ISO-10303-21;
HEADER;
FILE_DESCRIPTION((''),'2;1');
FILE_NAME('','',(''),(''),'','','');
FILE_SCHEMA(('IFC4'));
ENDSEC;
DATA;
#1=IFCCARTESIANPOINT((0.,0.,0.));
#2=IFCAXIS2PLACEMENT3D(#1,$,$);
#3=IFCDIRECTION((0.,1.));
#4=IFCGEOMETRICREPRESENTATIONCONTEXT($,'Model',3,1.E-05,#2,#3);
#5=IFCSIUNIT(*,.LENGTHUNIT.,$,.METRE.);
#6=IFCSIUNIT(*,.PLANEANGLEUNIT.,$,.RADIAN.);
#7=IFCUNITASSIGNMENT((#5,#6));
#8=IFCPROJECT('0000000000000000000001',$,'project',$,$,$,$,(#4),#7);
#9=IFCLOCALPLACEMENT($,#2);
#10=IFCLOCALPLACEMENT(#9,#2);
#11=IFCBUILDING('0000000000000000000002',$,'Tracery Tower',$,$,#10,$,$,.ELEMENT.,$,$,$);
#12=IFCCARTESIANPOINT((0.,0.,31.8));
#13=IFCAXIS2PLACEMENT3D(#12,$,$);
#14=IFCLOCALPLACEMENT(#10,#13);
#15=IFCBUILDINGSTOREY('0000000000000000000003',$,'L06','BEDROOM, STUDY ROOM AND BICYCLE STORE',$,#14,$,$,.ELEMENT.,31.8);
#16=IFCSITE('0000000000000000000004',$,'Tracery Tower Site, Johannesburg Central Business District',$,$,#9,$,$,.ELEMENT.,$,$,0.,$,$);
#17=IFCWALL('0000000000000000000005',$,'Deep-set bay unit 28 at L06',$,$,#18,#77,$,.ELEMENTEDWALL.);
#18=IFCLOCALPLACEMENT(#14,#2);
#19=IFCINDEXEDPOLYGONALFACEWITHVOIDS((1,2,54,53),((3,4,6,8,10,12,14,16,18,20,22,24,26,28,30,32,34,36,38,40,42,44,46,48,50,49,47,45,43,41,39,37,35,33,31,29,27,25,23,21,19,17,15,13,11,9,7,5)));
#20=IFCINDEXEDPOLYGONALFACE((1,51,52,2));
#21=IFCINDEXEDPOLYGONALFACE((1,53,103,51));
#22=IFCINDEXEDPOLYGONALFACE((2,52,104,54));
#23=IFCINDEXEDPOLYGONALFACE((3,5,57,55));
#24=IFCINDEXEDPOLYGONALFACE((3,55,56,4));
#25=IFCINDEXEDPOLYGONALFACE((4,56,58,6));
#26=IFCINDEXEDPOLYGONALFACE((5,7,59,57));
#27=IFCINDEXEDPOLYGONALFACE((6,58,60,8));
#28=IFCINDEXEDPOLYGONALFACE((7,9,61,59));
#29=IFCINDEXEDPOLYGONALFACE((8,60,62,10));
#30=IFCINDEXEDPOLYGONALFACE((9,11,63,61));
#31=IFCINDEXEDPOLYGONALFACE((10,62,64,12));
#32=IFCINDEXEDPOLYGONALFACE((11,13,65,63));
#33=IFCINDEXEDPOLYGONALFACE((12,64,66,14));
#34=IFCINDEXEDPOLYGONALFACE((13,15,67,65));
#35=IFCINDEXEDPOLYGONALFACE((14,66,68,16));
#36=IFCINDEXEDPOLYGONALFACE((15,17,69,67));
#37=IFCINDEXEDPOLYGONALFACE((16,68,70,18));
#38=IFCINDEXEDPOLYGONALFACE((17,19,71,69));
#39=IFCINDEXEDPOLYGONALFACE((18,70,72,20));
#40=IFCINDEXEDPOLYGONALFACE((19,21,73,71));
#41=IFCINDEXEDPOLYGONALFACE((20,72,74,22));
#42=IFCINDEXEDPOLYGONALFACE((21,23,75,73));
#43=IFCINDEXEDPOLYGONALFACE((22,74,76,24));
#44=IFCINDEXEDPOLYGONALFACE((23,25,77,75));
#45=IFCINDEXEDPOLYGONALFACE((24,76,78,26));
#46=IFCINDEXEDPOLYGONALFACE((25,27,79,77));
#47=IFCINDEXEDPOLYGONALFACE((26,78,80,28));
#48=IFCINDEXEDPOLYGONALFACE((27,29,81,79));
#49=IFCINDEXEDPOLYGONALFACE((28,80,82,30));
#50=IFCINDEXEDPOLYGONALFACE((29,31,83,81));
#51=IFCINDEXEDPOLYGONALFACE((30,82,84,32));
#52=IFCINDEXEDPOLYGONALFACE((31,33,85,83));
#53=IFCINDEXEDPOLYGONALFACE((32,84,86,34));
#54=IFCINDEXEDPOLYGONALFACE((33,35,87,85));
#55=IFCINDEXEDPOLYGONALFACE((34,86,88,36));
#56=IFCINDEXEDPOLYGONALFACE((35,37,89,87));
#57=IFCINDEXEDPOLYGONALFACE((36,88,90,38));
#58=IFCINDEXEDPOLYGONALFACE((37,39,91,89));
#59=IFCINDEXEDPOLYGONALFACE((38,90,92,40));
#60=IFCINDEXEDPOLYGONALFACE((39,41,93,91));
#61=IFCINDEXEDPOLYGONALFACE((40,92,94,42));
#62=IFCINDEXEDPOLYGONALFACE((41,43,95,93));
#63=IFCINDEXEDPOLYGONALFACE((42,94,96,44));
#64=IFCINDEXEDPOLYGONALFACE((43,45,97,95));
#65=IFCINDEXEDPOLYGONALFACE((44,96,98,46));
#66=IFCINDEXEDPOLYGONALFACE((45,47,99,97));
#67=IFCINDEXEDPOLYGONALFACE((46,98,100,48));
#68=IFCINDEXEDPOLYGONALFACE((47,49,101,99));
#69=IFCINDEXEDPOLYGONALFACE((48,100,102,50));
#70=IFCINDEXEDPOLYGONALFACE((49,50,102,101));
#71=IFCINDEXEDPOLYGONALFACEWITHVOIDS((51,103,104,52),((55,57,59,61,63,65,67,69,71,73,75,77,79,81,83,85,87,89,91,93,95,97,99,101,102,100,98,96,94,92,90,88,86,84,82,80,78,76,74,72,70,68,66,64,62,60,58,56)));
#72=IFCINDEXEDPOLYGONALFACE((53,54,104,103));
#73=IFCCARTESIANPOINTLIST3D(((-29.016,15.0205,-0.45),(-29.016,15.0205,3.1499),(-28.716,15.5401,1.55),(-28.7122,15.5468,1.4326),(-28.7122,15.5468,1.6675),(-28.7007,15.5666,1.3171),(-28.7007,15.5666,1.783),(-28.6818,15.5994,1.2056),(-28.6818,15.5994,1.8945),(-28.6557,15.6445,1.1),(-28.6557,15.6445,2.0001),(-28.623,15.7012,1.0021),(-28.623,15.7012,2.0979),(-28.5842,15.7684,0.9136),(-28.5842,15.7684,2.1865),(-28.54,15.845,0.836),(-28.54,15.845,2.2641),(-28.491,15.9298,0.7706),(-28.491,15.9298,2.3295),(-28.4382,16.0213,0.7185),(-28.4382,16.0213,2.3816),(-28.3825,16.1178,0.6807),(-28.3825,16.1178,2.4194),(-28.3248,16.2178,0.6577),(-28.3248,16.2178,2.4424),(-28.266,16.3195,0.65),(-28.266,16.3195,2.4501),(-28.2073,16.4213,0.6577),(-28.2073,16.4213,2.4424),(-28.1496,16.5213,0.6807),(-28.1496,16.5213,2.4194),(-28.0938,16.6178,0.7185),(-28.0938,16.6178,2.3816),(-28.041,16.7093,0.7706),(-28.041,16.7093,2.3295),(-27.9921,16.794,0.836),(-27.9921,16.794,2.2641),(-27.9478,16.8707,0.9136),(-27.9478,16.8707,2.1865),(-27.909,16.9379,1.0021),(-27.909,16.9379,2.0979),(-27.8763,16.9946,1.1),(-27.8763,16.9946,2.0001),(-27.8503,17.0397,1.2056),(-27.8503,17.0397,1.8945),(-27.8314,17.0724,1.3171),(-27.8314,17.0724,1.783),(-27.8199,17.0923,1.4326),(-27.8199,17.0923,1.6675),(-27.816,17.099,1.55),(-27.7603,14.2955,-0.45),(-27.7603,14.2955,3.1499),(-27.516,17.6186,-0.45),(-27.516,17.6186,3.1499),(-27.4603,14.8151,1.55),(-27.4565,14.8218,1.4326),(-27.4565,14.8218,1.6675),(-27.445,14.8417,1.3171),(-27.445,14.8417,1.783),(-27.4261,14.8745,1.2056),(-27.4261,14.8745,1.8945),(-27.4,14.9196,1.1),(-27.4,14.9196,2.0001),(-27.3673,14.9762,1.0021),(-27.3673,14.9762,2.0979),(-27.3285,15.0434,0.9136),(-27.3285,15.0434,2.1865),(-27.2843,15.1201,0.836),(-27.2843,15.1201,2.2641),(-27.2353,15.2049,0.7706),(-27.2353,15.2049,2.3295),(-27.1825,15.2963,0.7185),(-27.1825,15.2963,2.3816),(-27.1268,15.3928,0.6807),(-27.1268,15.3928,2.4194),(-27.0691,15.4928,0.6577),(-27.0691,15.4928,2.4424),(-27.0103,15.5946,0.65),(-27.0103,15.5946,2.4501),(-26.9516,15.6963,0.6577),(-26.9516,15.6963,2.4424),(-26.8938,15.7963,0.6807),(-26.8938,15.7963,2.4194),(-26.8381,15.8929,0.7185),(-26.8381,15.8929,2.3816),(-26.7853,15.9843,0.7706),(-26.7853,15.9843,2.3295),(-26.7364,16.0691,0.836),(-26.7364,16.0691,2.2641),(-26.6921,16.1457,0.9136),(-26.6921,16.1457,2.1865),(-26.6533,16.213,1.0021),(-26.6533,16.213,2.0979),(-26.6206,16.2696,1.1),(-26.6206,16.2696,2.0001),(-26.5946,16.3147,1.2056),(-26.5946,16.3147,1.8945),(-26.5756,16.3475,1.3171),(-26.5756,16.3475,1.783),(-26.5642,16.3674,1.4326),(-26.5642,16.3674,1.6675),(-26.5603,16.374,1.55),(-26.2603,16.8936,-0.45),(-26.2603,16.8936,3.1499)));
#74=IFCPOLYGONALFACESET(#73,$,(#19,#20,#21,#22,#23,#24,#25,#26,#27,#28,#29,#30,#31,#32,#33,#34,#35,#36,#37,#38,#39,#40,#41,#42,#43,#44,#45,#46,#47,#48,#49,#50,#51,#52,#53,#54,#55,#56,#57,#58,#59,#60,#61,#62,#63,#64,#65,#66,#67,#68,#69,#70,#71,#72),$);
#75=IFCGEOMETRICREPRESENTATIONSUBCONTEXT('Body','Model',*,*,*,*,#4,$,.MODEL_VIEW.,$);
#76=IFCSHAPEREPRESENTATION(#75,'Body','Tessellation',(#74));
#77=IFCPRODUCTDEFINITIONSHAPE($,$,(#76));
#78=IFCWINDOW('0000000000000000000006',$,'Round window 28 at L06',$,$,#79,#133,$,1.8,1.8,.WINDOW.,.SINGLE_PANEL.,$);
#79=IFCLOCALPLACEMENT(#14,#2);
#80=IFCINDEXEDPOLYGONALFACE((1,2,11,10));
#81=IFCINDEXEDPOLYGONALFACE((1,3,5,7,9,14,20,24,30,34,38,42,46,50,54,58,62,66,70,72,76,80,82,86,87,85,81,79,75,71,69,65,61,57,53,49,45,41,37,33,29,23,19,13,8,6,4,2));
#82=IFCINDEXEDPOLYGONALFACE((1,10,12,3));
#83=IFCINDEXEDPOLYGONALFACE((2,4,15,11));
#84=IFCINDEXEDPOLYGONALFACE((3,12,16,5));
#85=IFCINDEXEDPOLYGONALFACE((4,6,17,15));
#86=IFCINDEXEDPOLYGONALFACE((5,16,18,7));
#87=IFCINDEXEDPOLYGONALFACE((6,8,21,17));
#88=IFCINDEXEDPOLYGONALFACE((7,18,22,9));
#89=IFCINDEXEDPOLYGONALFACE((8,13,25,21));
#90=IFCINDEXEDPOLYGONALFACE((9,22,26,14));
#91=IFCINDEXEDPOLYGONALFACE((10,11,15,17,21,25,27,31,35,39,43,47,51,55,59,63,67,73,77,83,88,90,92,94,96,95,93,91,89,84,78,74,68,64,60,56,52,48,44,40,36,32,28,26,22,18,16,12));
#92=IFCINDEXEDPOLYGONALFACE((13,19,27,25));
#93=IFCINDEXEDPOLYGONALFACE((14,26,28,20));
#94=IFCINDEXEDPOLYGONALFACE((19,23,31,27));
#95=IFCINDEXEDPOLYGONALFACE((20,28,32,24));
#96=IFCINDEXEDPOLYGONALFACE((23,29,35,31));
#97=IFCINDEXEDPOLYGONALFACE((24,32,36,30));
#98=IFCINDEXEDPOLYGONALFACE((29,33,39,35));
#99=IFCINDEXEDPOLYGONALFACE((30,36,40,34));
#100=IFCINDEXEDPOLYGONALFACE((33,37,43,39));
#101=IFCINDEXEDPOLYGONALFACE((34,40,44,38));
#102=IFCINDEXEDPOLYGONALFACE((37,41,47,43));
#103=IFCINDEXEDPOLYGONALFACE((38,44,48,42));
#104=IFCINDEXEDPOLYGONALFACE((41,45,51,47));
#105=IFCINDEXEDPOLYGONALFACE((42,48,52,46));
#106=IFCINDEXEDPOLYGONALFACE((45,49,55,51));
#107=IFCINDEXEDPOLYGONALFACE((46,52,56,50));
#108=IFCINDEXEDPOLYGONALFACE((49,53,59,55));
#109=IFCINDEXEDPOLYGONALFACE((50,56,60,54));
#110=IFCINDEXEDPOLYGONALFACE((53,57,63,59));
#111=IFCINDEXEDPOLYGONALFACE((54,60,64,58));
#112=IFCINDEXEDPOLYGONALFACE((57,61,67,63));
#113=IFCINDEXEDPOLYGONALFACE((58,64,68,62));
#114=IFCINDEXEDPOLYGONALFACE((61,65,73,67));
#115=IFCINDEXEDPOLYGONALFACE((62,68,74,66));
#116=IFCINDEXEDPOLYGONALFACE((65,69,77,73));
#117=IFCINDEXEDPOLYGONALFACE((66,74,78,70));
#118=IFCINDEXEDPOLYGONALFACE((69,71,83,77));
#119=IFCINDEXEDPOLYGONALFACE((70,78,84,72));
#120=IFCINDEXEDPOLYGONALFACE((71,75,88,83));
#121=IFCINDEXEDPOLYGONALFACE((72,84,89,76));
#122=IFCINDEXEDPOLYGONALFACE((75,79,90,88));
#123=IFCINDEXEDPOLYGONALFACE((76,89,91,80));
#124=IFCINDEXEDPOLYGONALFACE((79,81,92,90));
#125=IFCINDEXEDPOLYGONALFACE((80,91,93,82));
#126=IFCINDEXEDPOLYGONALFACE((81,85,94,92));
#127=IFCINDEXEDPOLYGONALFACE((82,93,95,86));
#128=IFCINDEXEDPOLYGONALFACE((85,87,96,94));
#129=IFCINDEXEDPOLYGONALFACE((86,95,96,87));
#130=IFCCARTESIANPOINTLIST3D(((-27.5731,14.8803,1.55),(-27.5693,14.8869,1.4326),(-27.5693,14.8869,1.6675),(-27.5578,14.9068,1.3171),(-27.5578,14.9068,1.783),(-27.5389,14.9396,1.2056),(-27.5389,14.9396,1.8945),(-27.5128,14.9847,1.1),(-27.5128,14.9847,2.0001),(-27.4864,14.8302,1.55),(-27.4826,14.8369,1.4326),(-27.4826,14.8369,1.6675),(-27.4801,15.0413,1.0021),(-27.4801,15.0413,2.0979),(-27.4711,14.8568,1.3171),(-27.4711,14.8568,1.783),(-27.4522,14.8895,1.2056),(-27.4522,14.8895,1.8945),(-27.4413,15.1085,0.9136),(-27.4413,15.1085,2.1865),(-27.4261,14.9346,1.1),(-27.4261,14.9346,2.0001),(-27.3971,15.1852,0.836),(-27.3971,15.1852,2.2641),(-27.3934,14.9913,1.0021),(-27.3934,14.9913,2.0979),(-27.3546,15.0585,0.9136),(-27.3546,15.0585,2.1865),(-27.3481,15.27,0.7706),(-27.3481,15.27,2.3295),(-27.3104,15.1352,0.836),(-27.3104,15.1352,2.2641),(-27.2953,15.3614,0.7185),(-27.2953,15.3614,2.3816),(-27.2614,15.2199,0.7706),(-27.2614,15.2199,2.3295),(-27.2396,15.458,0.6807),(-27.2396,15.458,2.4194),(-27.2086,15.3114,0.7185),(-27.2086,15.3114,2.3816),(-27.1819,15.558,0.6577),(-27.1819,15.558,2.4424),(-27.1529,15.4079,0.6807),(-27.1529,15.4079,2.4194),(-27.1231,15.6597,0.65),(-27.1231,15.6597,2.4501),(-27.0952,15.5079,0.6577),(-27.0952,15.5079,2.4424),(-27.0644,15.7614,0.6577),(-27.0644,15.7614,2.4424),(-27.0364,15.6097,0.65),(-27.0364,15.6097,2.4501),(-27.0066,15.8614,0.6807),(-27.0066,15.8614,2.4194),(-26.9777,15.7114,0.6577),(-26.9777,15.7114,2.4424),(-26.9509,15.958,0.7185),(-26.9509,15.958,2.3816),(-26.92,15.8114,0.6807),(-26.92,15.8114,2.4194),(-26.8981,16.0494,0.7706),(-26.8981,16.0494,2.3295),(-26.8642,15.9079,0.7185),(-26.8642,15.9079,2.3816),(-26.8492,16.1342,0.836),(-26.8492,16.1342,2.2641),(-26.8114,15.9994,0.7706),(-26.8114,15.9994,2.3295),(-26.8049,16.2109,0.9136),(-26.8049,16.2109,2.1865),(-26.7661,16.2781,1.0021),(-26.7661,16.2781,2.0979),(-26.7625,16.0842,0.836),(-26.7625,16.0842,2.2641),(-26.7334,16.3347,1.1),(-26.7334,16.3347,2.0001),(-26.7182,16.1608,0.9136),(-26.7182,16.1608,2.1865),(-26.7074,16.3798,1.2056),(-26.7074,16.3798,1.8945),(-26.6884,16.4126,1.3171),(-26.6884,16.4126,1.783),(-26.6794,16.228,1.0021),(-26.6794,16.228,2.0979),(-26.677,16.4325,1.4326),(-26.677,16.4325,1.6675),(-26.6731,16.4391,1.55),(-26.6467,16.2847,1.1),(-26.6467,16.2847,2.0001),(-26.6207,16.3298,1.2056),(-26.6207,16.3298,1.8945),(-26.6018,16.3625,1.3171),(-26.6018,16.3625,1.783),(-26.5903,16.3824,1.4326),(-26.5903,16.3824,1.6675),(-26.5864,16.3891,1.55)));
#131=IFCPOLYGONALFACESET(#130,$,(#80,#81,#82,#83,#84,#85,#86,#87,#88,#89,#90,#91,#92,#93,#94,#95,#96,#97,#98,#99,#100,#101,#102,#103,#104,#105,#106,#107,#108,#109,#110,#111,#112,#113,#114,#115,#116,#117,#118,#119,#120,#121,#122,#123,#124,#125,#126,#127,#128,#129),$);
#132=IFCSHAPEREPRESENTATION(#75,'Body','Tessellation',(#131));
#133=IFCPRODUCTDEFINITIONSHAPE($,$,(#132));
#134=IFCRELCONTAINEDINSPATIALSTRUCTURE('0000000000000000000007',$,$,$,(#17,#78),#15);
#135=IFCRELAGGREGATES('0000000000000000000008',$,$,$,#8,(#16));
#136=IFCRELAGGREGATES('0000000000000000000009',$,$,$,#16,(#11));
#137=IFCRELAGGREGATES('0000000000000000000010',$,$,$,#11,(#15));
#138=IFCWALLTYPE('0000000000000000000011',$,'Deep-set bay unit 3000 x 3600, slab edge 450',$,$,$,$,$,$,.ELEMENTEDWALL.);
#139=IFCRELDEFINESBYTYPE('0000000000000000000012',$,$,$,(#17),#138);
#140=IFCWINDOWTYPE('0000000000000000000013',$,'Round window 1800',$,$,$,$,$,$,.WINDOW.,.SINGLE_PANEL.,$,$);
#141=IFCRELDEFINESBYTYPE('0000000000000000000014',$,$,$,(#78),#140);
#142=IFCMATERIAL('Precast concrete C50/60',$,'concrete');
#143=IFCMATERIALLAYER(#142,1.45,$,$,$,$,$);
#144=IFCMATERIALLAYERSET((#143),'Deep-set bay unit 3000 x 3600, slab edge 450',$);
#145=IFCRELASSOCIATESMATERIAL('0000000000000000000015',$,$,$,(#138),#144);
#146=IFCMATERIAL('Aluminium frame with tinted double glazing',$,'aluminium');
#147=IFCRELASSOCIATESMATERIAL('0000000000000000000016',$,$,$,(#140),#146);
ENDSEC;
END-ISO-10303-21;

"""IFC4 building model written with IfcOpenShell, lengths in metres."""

from ifc_helpers import new_model, si_unit, direction, frame, frame_2d, origin, origin_2d, place, context, subcontext, project, spatial, rectangle, circle, extrude, material, layer, layer_set, type_object, element, fill, save


model = new_model("IFC4")

# Units and contexts
model_context = context("Model", 3, precision=1e-05, world=origin(), true_north=direction((0.0, 1.0)))
body_context = subcontext(model_context, "Body", "Model", "MODEL_VIEW")
ifc_project = project(units=[si_unit("LENGTHUNIT", "METRE"), si_unit("PLANEANGLEUNIT", "RADIAN")], contexts=[model_context])

# Site, building, storey
site_placement = place(None, origin())
site = spatial("IfcSite", under=ifc_project, at=site_placement, Name="Tracery Tower Site, Johannesburg Central Business District", CompositionType="ELEMENT", RefElevation=0.0)
building_placement = place(site_placement, origin())
building = spatial("IfcBuilding", under=site, at=building_placement, Name="Tracery Tower", CompositionType="ELEMENT")
storey_placement = place(building_placement, frame((0.0, 0.0, 31.8)))
storey = spatial("IfcBuildingStorey", under=building, at=storey_placement, Name="L06", Description="BEDROOM, STUDY ROOM AND BICYCLE STORE", CompositionType="ELEMENT", Elevation=31.8)

# Wall, opening, window
ifc_material_1 = material(Name="Precast concrete C50/60", Category="concrete")
ifc_layer_1 = layer(ifc_material_1, 1.45)
ifc_layer_set_1 = layer_set([ifc_layer_1], Name="Deep-set bay unit 3000 x 3600, slab edge 450")
wall_type_1 = type_object("IfcWallType", Name="Deep-set bay unit 3000 x 3600, slab edge 450", PredefinedType="ELEMENTEDWALL", material=ifc_layer_set_1)
wall_1_placement = place(storey_placement, frame((-26.8882, 17.2561, -0.45), z_axis=(0.0, 0.0, 1.0), x_axis=(-0.49999, -0.866031, 0.0)))
wall_1 = element("IfcWall", 1, at=wall_1_placement, inside=storey, type_object=wall_type_1, Name="Deep-set bay unit 28 at L06", PredefinedType="ELEMENTEDWALL", context=body_context, shape_type="SweptSolid", body=[
    extrude(rectangle(XDim=3.0, YDim=1.45, at=frame_2d((1.5, 0.0))), origin(), (0.0, 0.0, 1.0), 3.5999),
])
opening_1_placement = place(wall_1_placement, frame((1.5, 0.0, 2.0)))
opening_1 = element("IfcOpeningElement", 2, at=opening_1_placement, cuts=wall_1, PredefinedType="OPENING", context=body_context, shape_type="SweptSolid", body=[
    extrude(circle(Radius=0.9, at=origin_2d()), frame((0.0, 0.7349, 0.0), z_axis=(0.0, -1.0, 0.0), x_axis=(1.0, 0.0, 0.0)), (0.0, 0.0, 1.0), 1.47),
])
ifc_material_2 = material(Name="Aluminium frame with tinted double glazing", Category="aluminium")
window_type = type_object("IfcWindowType", Name="Round window 1800", PartitioningType="SINGLE_PANEL", PredefinedType="WINDOW", material=ifc_material_2)
window_1_placement = place(opening_1_placement, origin())
window_1 = element("IfcWindow", 3, at=window_1_placement, inside=storey, type_object=window_type, Name="Round window 28 at L06", OverallHeight=1.8, OverallWidth=1.8, PartitioningType="SINGLE_PANEL", PredefinedType="WINDOW", context=body_context, shape_type="SweptSolid", body=[
    extrude(circle(Radius=0.9, at=origin_2d()), frame((0.0, 0.6948, 0.0), z_axis=(0.0, -1.0, 0.0), x_axis=(1.0, 0.0, 0.0)), (0.0, 0.0, 1.0), 0.1001),
])
fill(opening_1, window_1)

save(model, "model.ifc")
